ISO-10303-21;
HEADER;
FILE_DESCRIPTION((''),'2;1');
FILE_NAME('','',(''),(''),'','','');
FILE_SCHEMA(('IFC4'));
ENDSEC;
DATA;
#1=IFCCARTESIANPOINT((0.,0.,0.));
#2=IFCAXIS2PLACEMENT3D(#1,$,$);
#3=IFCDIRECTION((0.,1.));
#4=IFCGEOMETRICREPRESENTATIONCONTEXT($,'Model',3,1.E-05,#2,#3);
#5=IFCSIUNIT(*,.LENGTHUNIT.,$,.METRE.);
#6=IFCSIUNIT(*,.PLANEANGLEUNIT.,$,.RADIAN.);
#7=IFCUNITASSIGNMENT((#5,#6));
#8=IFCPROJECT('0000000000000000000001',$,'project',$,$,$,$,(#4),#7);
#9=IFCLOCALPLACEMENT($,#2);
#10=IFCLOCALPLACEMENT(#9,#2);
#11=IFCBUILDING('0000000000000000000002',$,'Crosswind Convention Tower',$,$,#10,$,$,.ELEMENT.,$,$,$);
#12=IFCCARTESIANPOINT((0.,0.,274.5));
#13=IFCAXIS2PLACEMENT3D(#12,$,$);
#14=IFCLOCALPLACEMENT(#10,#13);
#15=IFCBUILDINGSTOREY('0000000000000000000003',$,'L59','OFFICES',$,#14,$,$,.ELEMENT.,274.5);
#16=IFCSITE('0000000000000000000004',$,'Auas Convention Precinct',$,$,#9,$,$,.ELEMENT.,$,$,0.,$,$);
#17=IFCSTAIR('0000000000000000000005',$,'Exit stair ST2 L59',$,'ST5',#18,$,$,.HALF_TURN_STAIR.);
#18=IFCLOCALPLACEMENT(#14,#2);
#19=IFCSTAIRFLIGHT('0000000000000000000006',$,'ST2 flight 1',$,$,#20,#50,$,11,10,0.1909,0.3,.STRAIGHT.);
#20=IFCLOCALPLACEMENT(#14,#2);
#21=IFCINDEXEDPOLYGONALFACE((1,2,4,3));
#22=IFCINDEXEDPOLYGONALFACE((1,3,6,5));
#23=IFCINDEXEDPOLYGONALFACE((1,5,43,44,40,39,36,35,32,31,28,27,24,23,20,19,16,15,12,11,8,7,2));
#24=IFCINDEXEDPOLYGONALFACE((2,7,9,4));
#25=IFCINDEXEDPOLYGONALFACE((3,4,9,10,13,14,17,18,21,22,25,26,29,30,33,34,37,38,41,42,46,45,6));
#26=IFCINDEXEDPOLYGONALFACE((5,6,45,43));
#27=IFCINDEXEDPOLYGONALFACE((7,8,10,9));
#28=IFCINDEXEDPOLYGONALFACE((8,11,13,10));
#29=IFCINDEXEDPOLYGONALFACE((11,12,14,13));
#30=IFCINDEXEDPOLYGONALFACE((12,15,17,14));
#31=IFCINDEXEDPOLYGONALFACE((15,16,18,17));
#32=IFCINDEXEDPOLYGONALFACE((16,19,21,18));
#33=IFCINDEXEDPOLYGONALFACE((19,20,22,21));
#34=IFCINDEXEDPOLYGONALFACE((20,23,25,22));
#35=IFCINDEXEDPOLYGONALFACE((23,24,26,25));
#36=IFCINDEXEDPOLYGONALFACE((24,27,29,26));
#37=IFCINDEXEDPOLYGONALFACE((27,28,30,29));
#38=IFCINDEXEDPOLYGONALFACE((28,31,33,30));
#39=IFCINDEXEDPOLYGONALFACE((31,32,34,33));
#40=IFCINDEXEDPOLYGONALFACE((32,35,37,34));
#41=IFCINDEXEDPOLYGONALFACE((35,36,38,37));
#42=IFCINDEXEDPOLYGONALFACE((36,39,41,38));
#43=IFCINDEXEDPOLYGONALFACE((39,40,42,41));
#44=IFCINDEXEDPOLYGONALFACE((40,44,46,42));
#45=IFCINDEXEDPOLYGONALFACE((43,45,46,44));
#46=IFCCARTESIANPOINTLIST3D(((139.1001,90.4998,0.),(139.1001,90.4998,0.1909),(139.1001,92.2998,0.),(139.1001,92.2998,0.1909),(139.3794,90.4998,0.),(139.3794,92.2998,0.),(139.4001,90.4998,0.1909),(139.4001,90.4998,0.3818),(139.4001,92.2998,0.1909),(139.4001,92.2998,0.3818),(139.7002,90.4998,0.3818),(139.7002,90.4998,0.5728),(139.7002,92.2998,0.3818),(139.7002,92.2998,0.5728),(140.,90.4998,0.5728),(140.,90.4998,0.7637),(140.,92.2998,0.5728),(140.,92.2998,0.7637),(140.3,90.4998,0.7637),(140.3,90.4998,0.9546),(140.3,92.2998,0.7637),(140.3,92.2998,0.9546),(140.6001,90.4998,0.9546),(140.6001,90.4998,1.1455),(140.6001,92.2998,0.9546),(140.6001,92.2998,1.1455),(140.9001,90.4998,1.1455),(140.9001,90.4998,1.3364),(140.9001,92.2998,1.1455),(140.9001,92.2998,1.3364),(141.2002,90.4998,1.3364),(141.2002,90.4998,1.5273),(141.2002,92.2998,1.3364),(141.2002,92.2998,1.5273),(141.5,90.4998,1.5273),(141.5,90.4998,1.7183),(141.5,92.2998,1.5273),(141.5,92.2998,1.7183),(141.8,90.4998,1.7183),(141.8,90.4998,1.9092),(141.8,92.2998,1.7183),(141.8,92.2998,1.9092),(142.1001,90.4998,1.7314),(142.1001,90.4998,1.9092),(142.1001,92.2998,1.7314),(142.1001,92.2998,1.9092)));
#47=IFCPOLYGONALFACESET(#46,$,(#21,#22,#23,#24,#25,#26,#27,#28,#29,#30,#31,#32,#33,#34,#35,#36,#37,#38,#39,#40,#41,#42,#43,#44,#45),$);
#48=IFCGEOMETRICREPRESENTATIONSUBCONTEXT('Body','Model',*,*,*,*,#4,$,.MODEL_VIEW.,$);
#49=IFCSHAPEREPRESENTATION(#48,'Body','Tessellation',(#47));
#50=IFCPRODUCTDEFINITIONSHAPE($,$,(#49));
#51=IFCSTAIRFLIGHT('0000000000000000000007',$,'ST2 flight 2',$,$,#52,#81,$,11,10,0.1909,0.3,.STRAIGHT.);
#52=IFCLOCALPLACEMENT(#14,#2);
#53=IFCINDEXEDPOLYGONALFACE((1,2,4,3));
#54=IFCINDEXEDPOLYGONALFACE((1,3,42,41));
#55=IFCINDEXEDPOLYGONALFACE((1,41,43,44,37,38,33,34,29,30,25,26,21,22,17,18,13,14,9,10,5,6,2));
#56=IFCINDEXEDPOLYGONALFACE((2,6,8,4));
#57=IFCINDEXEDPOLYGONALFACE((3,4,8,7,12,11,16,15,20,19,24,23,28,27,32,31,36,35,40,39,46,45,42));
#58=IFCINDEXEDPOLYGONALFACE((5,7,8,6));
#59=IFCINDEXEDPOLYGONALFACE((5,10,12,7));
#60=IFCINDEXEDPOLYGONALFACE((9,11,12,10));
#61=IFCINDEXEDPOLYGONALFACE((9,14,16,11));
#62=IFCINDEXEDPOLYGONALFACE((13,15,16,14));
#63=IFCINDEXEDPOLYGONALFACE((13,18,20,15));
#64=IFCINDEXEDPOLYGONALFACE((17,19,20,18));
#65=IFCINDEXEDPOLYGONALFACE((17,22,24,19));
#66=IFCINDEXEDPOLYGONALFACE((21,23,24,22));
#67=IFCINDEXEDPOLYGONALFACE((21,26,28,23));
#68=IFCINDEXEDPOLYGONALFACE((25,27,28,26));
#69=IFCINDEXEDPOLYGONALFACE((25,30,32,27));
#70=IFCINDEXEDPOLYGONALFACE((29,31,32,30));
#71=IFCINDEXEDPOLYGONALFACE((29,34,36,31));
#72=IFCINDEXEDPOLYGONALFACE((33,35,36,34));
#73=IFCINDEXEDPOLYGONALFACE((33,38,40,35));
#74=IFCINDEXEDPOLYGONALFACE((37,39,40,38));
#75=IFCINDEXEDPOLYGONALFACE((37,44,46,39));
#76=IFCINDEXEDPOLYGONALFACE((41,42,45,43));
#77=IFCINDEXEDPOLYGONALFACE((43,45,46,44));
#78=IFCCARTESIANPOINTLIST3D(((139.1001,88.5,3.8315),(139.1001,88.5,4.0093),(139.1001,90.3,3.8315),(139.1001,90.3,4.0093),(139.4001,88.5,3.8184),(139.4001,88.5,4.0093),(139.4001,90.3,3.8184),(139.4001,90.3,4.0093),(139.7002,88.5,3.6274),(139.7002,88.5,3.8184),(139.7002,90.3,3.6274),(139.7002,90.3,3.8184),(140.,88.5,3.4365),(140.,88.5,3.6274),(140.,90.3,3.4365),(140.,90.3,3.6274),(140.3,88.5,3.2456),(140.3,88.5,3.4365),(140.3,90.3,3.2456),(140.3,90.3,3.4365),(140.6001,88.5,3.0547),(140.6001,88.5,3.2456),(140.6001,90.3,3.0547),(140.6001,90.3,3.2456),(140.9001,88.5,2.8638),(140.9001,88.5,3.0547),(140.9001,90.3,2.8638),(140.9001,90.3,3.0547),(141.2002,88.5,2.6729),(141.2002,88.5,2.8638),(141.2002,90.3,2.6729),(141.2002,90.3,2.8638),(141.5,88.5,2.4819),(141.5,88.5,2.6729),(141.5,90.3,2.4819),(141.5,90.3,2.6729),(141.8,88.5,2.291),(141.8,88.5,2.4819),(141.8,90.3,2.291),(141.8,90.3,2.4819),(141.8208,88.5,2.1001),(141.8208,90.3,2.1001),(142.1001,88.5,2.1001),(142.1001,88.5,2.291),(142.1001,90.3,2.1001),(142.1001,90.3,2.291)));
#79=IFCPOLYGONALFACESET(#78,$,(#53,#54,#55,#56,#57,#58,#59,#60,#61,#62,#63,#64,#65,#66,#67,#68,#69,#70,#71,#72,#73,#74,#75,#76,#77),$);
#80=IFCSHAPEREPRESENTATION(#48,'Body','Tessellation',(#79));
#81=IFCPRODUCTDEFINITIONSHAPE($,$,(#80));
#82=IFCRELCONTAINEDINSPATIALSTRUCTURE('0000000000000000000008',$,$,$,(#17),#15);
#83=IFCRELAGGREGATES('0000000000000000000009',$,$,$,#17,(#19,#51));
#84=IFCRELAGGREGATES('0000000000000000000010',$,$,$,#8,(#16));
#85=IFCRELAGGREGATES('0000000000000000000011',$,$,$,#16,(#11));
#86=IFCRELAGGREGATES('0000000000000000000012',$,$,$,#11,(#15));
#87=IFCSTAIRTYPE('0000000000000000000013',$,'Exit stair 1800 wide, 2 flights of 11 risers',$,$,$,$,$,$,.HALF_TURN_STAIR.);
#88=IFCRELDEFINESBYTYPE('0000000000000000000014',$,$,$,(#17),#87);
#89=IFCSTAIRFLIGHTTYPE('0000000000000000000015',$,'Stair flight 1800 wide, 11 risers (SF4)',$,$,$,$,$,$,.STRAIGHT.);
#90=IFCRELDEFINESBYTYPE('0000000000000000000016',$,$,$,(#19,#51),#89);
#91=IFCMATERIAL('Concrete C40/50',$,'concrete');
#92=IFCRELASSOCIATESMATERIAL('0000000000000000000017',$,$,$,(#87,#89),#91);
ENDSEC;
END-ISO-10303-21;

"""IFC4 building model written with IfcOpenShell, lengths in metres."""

from ifc_helpers import new_model, si_unit, direction, frame, origin, place, context, subcontext, project, spatial, polyline, outline, extrude, material, type_object, element, aggregate, save


model = new_model("IFC4")

# Units and contexts
model_context = context("Model", 3, precision=1e-05, world=origin(), true_north=direction((0.0, 1.0)))
body_context = subcontext(model_context, "Body", "Model", "MODEL_VIEW")
ifc_project = project(units=[si_unit("LENGTHUNIT", "METRE"), si_unit("PLANEANGLEUNIT", "RADIAN")], contexts=[model_context])

# Site, building, storey
site_placement = place(None, origin())
site = spatial("IfcSite", under=ifc_project, at=site_placement, Name="Auas Convention Precinct", CompositionType="ELEMENT", RefElevation=0.0)
building_placement = place(site_placement, origin())
building = spatial("IfcBuilding", under=site, at=building_placement, Name="Crosswind Convention Tower", CompositionType="ELEMENT")
storey_placement = place(building_placement, frame((0.0, 0.0, 274.5)))
storey = spatial("IfcBuildingStorey", under=building, at=storey_placement, Name="L59", Description="OFFICES", CompositionType="ELEMENT", Elevation=274.5)

# Stair, stair flights
ifc_material_1 = material(Name="Concrete C40/50", Category="concrete")
stair_type = type_object("IfcStairType", Name="Exit stair 1800 wide, 2 flights of 11 risers", PredefinedType="HALF_TURN_STAIR", material=ifc_material_1)
stair_placement = place(storey_placement, origin())
stair = element("IfcStair", 1, at=stair_placement, inside=storey, type_object=stair_type, Name="Exit stair ST2 L59", ObjectType="ST5", PredefinedType="HALF_TURN_STAIR")
stair_flight_type = type_object("IfcStairFlightType", Name="Stair flight 1800 wide, 11 risers (SF4)", PredefinedType="STRAIGHT", material=ifc_material_1)
stair_flight_1_placement = place(storey_placement, frame((139.1001, 91.3999, 0.0), z_axis=(0.0, 0.0, 1.0), x_axis=(1.0, 0.0, 0.0)))
stair_flight_1 = element("IfcStairFlight", 2, at=stair_flight_1_placement, type_object=stair_flight_type, Name="ST2 flight 1", NumberOfRisers=11, NumberOfTreads=10, PredefinedType="STRAIGHT", RiserHeight=0.1909, TreadLength=0.3, context=body_context, shape_type="SweptSolid", body=[
    extrude(outline(polyline([(0.0, 0.0), (0.0, 0.1909), (0.3, 0.1909), (0.3, 0.3818), (0.6001, 0.3818), (0.6001, 0.5728), (0.8999, 0.5728), (0.8999, 0.7637), (1.2, 0.7637), (1.2, 0.9546), (1.5, 0.9546), (1.5, 1.1455), (1.8, 1.1455), (1.8, 1.3364), (2.1001, 1.3364), (2.1001, 1.5273), (2.3999, 1.5273), (2.3999, 1.7183), (2.7, 1.7183), (2.7, 1.9092), (3.0, 1.9092), (3.0, 2.1001), (3.0, 1.7314), (0.2793, 0.0), (0.0, 0.0)])), frame((0.0, 0.8999, 0.0), z_axis=(0.0, -1.0, 0.0), x_axis=(1.0, 0.0, 0.0)), (0.0, 0.0, 1.0), 1.8),
])
stair_flight_2_placement = place(storey_placement, frame((142.1001, 89.3999, 2.1001), z_axis=(0.0, 0.0, 1.0), x_axis=(-1.0, 0.0, 0.0)))
stair_flight_2 = element("IfcStairFlight", 3, at=stair_flight_2_placement, type_object=stair_flight_type, Name="ST2 flight 2", NumberOfRisers=11, NumberOfTreads=10, PredefinedType="STRAIGHT", RiserHeight=0.1909, TreadLength=0.3, context=body_context, shape_type="SweptSolid", body=[
    extrude(outline(polyline([(0.0, 0.0), (0.0, 0.1909), (0.3, 0.1909), (0.3, 0.3818), (0.6001, 0.3818), (0.6001, 0.5728), (0.8999, 0.5728), (0.8999, 0.7637), (1.2, 0.7637), (1.2, 0.9546), (1.5, 0.9546), (1.5, 1.1455), (1.8, 1.1455), (1.8, 1.3364), (2.1001, 1.3364), (2.1001, 1.5273), (2.3999, 1.5273), (2.3999, 1.7183), (2.7, 1.7183), (2.7, 1.9092), (3.0, 1.9092), (3.0, 2.1001), (3.0, 1.7314), (0.2793, 0.0), (0.0, 0.0)])), frame((0.0, 0.8999, 0.0), z_axis=(0.0, -1.0, 0.0), x_axis=(1.0, 0.0, 0.0)), (0.0, 0.0, 1.0), 1.8),
])
aggregate(stair, [stair_flight_1, stair_flight_2])

save(model, "model.ifc")
